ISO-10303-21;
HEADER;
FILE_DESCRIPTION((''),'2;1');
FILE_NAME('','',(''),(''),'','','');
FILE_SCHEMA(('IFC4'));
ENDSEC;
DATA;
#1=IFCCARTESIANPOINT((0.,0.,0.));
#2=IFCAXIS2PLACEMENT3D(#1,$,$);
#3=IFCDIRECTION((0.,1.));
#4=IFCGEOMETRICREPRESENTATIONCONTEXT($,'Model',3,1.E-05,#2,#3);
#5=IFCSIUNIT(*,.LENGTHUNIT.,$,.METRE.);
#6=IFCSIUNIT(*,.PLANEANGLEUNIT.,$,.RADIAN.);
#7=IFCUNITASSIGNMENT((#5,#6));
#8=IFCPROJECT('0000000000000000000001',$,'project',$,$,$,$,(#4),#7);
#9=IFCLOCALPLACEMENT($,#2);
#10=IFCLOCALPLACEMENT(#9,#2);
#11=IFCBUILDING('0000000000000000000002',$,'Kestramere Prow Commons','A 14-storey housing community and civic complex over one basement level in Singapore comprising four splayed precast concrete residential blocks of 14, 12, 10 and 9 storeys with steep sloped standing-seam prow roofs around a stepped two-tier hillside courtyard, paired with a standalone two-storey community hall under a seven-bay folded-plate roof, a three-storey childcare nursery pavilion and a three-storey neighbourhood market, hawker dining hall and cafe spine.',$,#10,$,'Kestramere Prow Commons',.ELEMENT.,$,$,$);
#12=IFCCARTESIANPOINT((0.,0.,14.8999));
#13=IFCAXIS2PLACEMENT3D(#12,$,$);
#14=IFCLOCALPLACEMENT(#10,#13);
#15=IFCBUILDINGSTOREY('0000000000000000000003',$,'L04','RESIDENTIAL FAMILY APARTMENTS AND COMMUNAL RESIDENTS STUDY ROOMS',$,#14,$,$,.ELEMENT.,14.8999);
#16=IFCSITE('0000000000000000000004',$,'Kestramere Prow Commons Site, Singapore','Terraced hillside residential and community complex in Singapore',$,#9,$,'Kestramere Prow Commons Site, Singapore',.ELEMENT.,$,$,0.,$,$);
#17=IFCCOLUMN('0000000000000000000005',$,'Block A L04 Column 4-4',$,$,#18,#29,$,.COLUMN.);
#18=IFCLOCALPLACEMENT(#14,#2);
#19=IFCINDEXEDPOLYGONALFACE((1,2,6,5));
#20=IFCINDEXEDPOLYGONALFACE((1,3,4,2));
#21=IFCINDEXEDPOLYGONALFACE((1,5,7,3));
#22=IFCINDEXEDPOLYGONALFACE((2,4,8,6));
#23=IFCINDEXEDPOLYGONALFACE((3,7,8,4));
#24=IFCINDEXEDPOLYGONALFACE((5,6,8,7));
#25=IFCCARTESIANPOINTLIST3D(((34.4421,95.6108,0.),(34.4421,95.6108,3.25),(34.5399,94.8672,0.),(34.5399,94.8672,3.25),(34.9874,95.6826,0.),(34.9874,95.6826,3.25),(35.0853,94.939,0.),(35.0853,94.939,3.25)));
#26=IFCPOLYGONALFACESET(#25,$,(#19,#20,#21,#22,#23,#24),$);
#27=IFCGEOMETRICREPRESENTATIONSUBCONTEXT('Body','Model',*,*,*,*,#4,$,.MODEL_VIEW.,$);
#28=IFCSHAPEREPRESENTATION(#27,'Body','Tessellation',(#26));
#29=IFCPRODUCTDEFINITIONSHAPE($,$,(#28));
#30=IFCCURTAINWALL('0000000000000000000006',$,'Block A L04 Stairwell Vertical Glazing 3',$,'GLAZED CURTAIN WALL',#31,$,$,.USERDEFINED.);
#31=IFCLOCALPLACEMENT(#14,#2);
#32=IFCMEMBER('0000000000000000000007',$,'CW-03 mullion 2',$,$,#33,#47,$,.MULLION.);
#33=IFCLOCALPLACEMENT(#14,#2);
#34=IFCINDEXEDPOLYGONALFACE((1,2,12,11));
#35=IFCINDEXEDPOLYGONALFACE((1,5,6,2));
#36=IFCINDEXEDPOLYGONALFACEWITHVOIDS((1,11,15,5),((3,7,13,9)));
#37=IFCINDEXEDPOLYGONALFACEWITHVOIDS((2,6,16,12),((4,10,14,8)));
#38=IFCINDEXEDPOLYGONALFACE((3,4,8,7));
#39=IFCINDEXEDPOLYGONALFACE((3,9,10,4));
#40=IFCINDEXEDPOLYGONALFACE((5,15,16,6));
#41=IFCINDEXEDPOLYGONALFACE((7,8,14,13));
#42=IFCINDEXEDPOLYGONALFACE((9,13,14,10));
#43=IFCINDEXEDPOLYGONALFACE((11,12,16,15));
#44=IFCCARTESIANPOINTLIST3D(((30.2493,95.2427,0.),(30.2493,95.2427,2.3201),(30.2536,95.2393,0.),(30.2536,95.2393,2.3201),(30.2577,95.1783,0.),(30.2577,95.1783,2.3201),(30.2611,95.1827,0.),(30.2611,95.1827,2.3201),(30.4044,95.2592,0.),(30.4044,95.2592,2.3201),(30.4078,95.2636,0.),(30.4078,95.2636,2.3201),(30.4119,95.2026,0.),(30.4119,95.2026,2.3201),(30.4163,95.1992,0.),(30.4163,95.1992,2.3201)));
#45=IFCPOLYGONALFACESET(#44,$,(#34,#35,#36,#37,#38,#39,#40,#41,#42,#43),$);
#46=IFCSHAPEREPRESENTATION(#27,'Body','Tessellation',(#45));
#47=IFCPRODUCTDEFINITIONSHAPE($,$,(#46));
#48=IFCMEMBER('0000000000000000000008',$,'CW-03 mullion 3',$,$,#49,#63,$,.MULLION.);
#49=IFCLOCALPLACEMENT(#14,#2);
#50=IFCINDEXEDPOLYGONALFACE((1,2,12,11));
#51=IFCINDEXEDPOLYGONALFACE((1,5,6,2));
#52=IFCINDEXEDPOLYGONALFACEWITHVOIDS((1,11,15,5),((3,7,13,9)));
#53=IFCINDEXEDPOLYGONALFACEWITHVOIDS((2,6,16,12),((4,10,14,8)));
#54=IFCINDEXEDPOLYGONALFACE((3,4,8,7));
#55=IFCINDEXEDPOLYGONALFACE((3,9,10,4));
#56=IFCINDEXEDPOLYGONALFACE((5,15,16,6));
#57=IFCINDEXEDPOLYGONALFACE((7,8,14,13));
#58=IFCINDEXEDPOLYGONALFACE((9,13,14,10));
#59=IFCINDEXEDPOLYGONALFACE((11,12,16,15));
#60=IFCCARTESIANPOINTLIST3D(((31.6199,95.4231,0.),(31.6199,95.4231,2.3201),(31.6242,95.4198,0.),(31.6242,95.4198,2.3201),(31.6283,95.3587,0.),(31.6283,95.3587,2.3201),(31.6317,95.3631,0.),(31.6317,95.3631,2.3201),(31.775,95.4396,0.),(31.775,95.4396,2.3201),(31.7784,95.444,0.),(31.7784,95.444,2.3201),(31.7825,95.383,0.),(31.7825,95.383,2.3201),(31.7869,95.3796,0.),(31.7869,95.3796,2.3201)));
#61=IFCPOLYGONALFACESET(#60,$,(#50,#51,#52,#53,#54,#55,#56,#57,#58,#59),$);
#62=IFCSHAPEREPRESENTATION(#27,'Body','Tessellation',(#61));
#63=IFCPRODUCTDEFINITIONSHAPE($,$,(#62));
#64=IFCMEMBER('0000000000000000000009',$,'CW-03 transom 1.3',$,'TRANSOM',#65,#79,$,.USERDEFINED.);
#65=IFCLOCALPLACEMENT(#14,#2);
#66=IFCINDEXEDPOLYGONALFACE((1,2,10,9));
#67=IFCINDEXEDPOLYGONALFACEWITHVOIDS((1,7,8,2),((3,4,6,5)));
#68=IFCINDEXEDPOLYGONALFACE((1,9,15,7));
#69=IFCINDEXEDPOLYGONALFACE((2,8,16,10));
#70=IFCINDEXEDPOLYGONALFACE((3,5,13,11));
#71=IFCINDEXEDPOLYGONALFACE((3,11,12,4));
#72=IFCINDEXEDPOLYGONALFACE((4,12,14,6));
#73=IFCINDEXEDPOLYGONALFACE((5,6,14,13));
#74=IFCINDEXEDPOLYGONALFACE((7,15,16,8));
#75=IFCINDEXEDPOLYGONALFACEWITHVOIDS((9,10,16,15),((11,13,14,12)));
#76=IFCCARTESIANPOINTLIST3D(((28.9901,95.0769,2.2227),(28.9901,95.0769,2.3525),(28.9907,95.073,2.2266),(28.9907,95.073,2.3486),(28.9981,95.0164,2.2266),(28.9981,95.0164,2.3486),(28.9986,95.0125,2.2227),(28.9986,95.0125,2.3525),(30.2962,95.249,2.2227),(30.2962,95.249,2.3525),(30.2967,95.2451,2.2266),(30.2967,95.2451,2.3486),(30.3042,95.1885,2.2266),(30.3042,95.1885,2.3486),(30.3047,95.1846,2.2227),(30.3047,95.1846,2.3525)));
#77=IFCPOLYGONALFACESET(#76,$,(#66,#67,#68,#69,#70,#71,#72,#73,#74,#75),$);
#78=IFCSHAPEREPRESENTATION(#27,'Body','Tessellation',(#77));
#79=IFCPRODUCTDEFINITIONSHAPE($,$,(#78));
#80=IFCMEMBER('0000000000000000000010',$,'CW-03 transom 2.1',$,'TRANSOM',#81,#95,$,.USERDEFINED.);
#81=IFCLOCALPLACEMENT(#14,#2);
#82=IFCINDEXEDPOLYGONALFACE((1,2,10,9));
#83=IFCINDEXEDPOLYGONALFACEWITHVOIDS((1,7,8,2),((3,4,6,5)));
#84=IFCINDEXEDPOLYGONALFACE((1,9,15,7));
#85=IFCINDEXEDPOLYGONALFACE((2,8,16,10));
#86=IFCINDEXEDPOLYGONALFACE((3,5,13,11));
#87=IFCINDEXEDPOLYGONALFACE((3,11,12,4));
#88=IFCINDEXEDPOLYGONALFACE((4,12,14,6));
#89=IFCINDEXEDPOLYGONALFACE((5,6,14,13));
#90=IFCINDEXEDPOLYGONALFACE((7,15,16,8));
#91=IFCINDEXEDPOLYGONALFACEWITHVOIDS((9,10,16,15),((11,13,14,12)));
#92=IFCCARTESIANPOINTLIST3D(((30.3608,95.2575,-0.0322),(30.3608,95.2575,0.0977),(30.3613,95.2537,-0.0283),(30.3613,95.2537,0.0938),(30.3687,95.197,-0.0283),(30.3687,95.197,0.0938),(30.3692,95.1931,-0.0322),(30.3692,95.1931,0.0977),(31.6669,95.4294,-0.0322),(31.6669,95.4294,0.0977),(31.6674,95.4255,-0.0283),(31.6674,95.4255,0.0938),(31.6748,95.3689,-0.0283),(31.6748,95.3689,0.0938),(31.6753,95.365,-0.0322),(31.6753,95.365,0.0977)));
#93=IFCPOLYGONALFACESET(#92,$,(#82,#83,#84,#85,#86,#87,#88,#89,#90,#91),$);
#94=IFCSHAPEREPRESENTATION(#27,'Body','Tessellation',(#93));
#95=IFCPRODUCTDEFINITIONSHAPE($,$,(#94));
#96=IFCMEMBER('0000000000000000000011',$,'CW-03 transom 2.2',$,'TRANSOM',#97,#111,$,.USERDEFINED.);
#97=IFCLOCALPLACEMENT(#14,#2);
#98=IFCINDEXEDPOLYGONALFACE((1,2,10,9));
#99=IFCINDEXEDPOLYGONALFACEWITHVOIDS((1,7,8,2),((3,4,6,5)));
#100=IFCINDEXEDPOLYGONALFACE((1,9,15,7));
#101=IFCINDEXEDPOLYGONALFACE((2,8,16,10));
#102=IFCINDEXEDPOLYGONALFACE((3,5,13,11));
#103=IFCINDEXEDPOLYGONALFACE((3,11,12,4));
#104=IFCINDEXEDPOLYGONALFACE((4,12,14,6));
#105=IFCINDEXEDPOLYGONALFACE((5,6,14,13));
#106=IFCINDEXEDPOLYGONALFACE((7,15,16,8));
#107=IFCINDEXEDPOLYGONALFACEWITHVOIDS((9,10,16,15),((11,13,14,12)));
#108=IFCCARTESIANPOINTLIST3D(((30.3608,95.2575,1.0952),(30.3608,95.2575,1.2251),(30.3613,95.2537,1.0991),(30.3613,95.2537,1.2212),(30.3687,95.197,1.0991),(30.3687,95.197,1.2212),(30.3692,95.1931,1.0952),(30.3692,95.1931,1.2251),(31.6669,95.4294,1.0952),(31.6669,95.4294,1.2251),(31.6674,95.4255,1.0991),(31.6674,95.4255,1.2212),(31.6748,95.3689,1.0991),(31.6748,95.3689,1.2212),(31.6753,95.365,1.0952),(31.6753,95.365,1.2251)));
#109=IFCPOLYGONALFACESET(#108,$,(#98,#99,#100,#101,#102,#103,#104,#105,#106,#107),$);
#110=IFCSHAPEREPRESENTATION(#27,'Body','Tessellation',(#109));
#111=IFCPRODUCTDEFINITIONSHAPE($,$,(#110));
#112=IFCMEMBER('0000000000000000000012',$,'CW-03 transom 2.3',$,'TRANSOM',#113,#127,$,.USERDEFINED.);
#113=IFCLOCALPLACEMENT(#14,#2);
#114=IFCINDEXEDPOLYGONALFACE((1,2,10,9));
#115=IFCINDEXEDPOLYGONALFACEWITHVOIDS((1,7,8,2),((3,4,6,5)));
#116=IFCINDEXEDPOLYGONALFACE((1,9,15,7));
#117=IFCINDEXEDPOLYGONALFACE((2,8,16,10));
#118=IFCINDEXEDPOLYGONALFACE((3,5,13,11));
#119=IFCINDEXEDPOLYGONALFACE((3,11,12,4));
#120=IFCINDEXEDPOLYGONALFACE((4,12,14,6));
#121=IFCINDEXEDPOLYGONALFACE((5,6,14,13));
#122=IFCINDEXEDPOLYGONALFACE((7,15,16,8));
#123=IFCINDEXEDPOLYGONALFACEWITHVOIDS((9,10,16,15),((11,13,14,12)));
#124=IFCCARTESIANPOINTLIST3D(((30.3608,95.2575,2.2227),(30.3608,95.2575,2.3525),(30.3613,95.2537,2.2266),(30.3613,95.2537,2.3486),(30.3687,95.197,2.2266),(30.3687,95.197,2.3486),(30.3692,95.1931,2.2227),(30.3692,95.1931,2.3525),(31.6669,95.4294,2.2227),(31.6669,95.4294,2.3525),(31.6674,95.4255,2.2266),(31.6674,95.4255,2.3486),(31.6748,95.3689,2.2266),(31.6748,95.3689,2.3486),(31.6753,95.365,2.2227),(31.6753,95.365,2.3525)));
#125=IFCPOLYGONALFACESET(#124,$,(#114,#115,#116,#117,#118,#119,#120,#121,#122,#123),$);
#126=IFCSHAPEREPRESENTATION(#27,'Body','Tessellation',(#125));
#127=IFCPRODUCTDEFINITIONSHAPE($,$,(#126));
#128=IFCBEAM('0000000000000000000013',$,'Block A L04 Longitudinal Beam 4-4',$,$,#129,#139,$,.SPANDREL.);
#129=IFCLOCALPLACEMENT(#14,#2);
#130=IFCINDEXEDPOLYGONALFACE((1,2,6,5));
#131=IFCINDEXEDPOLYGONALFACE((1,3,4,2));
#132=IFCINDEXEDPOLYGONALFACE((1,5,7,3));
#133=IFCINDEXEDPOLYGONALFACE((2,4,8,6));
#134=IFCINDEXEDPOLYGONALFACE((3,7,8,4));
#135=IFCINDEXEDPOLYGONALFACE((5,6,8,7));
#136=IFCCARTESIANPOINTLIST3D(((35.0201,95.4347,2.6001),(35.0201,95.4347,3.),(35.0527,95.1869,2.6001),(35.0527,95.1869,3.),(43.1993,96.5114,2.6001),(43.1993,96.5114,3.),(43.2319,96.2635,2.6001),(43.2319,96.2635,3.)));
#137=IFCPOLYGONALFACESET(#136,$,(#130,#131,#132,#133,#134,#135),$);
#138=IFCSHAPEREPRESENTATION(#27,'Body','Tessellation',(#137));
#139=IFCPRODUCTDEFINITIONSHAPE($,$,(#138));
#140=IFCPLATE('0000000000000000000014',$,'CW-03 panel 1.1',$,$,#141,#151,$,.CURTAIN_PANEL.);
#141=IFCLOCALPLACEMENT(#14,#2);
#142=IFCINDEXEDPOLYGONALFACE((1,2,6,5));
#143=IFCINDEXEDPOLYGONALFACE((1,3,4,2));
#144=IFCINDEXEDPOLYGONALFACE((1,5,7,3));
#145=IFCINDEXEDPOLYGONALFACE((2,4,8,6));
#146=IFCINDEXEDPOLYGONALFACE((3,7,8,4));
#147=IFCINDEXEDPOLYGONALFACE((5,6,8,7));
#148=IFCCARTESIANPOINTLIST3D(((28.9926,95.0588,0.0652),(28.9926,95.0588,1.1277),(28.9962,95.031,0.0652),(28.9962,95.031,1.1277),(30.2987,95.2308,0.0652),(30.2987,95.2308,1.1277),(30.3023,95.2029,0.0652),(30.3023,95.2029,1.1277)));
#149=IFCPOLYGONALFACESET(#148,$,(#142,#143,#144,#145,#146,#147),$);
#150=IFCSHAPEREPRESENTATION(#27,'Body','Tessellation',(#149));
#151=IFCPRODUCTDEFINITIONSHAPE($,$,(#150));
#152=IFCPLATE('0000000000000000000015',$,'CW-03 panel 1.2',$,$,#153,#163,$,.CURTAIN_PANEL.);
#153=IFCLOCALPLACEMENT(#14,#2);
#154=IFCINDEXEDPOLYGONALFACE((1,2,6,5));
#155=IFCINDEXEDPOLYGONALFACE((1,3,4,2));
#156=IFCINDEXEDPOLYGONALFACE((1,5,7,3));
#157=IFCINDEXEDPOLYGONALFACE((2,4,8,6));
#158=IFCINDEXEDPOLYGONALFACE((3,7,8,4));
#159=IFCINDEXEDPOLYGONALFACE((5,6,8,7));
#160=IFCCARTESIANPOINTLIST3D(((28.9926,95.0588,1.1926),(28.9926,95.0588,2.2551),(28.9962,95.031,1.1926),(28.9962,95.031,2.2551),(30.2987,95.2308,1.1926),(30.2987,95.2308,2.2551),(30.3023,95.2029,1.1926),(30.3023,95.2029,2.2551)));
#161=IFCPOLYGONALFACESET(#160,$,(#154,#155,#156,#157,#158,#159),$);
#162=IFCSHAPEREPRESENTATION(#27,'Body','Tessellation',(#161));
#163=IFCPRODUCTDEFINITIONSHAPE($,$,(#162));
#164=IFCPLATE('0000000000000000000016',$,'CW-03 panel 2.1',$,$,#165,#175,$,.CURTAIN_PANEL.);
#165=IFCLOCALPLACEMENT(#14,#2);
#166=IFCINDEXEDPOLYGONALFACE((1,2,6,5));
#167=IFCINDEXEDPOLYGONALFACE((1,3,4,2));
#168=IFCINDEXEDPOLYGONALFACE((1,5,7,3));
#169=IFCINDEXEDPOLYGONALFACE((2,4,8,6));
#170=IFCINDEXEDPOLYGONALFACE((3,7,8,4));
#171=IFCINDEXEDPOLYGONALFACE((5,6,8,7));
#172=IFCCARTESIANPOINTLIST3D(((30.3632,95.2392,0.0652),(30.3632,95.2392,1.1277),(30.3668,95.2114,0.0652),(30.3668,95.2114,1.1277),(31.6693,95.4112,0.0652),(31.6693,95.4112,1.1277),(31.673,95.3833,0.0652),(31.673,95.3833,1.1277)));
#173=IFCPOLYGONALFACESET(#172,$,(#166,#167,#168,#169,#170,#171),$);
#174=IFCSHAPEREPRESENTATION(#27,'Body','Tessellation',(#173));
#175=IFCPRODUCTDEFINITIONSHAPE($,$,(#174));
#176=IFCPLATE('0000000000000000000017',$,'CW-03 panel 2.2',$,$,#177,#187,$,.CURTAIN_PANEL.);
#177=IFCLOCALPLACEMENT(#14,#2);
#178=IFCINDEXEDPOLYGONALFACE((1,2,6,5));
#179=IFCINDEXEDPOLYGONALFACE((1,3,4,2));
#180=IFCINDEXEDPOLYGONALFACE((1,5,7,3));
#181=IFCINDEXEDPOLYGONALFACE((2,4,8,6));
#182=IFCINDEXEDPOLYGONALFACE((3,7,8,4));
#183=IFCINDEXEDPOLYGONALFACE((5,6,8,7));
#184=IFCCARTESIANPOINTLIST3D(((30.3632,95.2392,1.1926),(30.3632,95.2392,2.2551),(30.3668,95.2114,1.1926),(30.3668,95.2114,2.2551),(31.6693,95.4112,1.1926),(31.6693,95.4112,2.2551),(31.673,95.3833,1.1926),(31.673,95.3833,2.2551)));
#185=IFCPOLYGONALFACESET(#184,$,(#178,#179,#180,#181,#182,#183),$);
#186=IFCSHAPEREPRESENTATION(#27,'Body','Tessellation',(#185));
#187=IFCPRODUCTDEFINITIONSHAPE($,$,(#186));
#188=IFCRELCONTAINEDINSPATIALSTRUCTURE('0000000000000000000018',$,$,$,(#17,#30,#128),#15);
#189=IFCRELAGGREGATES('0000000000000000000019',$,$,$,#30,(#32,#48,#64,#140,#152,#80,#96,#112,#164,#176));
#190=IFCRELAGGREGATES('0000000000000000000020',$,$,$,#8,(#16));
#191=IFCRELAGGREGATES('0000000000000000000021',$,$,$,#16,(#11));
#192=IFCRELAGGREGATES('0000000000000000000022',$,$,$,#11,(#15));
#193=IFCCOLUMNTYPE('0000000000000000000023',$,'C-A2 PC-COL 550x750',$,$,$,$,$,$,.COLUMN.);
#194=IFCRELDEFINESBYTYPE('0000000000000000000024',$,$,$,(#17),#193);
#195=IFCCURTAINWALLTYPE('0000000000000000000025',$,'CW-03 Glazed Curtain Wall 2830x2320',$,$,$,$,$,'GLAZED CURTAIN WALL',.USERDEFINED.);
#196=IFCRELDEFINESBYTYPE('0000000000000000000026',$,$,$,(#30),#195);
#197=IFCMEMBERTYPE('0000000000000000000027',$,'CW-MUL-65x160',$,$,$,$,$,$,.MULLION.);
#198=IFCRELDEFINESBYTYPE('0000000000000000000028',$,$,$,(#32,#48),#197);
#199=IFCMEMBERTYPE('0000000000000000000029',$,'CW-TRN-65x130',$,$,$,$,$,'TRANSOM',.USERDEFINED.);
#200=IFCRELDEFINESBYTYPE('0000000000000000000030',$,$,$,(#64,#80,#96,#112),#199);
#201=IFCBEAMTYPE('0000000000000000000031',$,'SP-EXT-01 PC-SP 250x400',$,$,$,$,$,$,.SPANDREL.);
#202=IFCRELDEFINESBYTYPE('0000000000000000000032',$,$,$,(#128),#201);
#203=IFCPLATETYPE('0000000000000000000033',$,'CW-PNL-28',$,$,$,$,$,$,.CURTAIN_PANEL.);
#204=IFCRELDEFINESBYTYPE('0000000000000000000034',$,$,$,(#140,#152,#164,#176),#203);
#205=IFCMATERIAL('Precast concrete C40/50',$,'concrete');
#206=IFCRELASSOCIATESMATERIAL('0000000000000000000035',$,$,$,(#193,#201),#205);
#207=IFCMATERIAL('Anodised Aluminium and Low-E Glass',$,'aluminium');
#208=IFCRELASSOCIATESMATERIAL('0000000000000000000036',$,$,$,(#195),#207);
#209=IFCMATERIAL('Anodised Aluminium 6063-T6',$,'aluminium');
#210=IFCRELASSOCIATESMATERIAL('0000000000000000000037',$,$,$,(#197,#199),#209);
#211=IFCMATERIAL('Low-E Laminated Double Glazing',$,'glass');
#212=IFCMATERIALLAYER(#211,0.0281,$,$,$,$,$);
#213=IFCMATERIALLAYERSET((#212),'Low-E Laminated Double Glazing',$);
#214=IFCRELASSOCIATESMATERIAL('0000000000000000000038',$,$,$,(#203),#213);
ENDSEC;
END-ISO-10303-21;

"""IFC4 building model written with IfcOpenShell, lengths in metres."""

from ifc_helpers import new_model, si_unit, direction, frame, origin, origin_2d, place, context, subcontext, project, spatial, rectangle, hollow_rectangle, extrude, material, layer, layer_set, material_profile, profile_set, type_object, element, aggregate, save


model = new_model("IFC4")

# Units and contexts
model_context = context("Model", 3, precision=1e-05, world=origin(), true_north=direction((0.0, 1.0)))
body_context = subcontext(model_context, "Body", "Model", "MODEL_VIEW")
ifc_project = project(units=[si_unit("LENGTHUNIT", "METRE"), si_unit("PLANEANGLEUNIT", "RADIAN")], contexts=[model_context])

# Site, building, storey
site_placement = place(None, origin())
site = spatial("IfcSite", under=ifc_project, at=site_placement, Name="Kestramere Prow Commons Site, Singapore", Description="Terraced hillside residential and community complex in Singapore", LongName="Kestramere Prow Commons Site, Singapore", CompositionType="ELEMENT", RefElevation=0.0)
building_placement = place(site_placement, origin())
building = spatial("IfcBuilding", under=site, at=building_placement, Name="Kestramere Prow Commons", Description="A 14-storey housing community and civic complex over one basement level in Singapore comprising four splayed precast concrete residential blocks of 14, 12, 10 and 9 storeys with steep sloped standing-seam prow roofs around a stepped two-tier hillside courtyard, paired with a standalone two-storey community hall under a seven-bay folded-plate roof, a three-storey childcare nursery pavilion and a three-storey neighbourhood market, hawker dining hall and cafe spine.", LongName="Kestramere Prow Commons", CompositionType="ELEMENT")
storey_placement = place(building_placement, frame((0.0, 0.0, 14.8999)))
storey = spatial("IfcBuildingStorey", under=building, at=storey_placement, Name="L04", Description="RESIDENTIAL FAMILY APARTMENTS AND COMMUNAL RESIDENTS STUDY ROOMS", CompositionType="ELEMENT", Elevation=14.8999)

# Column
ifc_material_1 = material(Name="Precast concrete C40/50", Category="concrete")
ifc_material_profile_1 = material_profile(ifc_material_1, rectangle(XDim=0.55, YDim=0.75, at=origin_2d()), Name="PC-COL 550x750")
ifc_profile_set_1 = profile_set([ifc_material_profile_1], Name="Precast concrete C40/50")
column_type = type_object("IfcColumnType", Name="C-A2 PC-COL 550x750", PredefinedType="COLUMN", material=ifc_profile_set_1)
column_placement = place(storey_placement, frame((34.7637, 95.2749, 0.0), z_axis=(0.0, 0.0, 1.0), x_axis=(0.991445, 0.130526, 0.0)))
element("IfcColumn", 1, at=column_placement, inside=storey, type_object=column_type, Name="Block A L04 Column 4-4", PredefinedType="COLUMN", context=body_context, shape_type="SweptSolid", body=[
    extrude(rectangle(XDim=0.55, YDim=0.75, at=origin_2d()), origin(), (0.0, 0.0, 1.0), 3.25),
])

# Curtain wall, members
ifc_material_2 = material(Name="Anodised Aluminium and Low-E Glass", Category="aluminium")
curtain_wall_type = type_object("IfcCurtainWallType", Name="CW-03 Glazed Curtain Wall 2830x2320", ElementType="GLAZED CURTAIN WALL", PredefinedType="USERDEFINED", material=ifc_material_2)
curtain_wall_placement = place(storey_placement, origin())
curtain_wall = element("IfcCurtainWall", 2, at=curtain_wall_placement, inside=storey, type_object=curtain_wall_type, Name="Block A L04 Stairwell Vertical Glazing 3", ObjectType="GLAZED CURTAIN WALL", PredefinedType="USERDEFINED")
ifc_material_3 = material(Name="Anodised Aluminium 6063-T6", Category="aluminium")
ifc_material_profile_2 = material_profile(ifc_material_3, hollow_rectangle(XDim=0.0649, YDim=0.1599, WallThickness=0.0039, at=origin_2d()), Name="ALU-MUL 65x160")
ifc_profile_set_2 = profile_set([ifc_material_profile_2], Name="Anodised Aluminium 6063-T6")
member_type_1 = type_object("IfcMemberType", Name="CW-MUL-65x160", PredefinedType="MULLION", material=ifc_profile_set_2)
member_1_placement = place(storey_placement, frame((30.3328, 95.2209, 0.0), z_axis=(0.0, 0.0, 1.0), x_axis=(-0.130526, 0.991445, 0.0)))
member_1 = element("IfcMember", 3, at=member_1_placement, type_object=member_type_1, Name="CW-03 mullion 2", PredefinedType="MULLION", context=body_context, shape_type="SweptSolid", body=[
    extrude(hollow_rectangle(XDim=0.0649, YDim=0.1599, WallThickness=0.0039, at=origin_2d()), origin(), (0.0, 0.0, 1.0), 2.3201),
])
member_2_placement = place(storey_placement, frame((31.7034, 95.4014, 0.0), z_axis=(0.0, 0.0, 1.0), x_axis=(-0.130526, 0.991445, 0.0)))
member_2 = element("IfcMember", 4, at=member_2_placement, type_object=member_type_1, Name="CW-03 mullion 3", PredefinedType="MULLION", context=body_context, shape_type="SweptSolid", body=[
    extrude(hollow_rectangle(XDim=0.0649, YDim=0.1599, WallThickness=0.0039, at=origin_2d()), origin(), (0.0, 0.0, 1.0), 2.3201),
])
ifc_material_profile_3 = material_profile(ifc_material_3, hollow_rectangle(XDim=0.0649, YDim=0.1299, WallThickness=0.0039, at=origin_2d()), Name="ALU-TRN 65x130")
ifc_profile_set_3 = profile_set([ifc_material_profile_3], Name="Anodised Aluminium 6063-T6")
member_type_2 = type_object("IfcMemberType", Name="CW-TRN-65x130", ElementType="TRANSOM", PredefinedType="USERDEFINED", material=ifc_profile_set_3)
member_3_placement = place(storey_placement, frame((28.9944, 95.0447, 2.2876), z_axis=(0.991429, 0.130646, 0.0), x_axis=(-0.130646, 0.991429, 0.0)))
member_3 = element("IfcMember", 5, at=member_3_placement, type_object=member_type_2, Name="CW-03 transom 1.3", ObjectType="TRANSOM", PredefinedType="USERDEFINED", context=body_context, shape_type="SweptSolid", body=[
    extrude(hollow_rectangle(XDim=0.0649, YDim=0.1299, WallThickness=0.0039, at=origin_2d()), origin(), (0.0, 0.0, 1.0), 1.3174),
])
member_4_placement = place(storey_placement, frame((30.365, 95.2253, 0.0327), z_axis=(0.991453, 0.130464, 0.0), x_axis=(-0.130464, 0.991453, 0.0)))
member_4 = element("IfcMember", 6, at=member_4_placement, type_object=member_type_2, Name="CW-03 transom 2.1", ObjectType="TRANSOM", PredefinedType="USERDEFINED", context=body_context, shape_type="SweptSolid", body=[
    extrude(hollow_rectangle(XDim=0.0649, YDim=0.1299, WallThickness=0.0039, at=origin_2d()), origin(), (0.0, 0.0, 1.0), 1.3174),
])
member_5_placement = place(storey_placement, frame((30.365, 95.2253, 1.1602), z_axis=(0.991453, 0.130464, 0.0), x_axis=(-0.130464, 0.991453, 0.0)))
member_5 = element("IfcMember", 7, at=member_5_placement, type_object=member_type_2, Name="CW-03 transom 2.2", ObjectType="TRANSOM", PredefinedType="USERDEFINED", context=body_context, shape_type="SweptSolid", body=[
    extrude(hollow_rectangle(XDim=0.0649, YDim=0.1299, WallThickness=0.0039, at=origin_2d()), origin(), (0.0, 0.0, 1.0), 1.3174),
])
member_6_placement = place(storey_placement, frame((30.365, 95.2253, 2.2876), z_axis=(0.991453, 0.130464, 0.0), x_axis=(-0.130464, 0.991453, 0.0)))
member_6 = element("IfcMember", 8, at=member_6_placement, type_object=member_type_2, Name="CW-03 transom 2.3", ObjectType="TRANSOM", PredefinedType="USERDEFINED", context=body_context, shape_type="SweptSolid", body=[
    extrude(hollow_rectangle(XDim=0.0649, YDim=0.1299, WallThickness=0.0039, at=origin_2d()), origin(), (0.0, 0.0, 1.0), 1.3174),
])

# Beam
ifc_material_profile_4 = material_profile(ifc_material_1, rectangle(XDim=0.25, YDim=0.3999, at=origin_2d()), Name="PC-SP 250x400")
ifc_profile_set_4 = profile_set([ifc_material_profile_4], Name="Precast concrete C40/50")
beam_type = type_object("IfcBeamType", Name="SP-EXT-01 PC-SP 250x400", PredefinedType="SPANDREL", material=ifc_profile_set_4)
beam_placement = place(storey_placement, frame((35.0364, 95.3108, 2.8), z_axis=(0.991447, 0.130508, 0.0), x_axis=(-0.130508, 0.991447, 0.0)))
element("IfcBeam", 9, at=beam_placement, inside=storey, type_object=beam_type, Name="Block A L04 Longitudinal Beam 4-4", PredefinedType="SPANDREL", context=body_context, shape_type="SweptSolid", body=[
    extrude(rectangle(XDim=0.25, YDim=0.3999, at=origin_2d()), origin(), (0.0, 0.0, 1.0), 8.2498),
])

# Plates
ifc_material_4 = material(Name="Low-E Laminated Double Glazing", Category="glass")
ifc_layer_1 = layer(ifc_material_4, 0.0281)
ifc_layer_set_1 = layer_set([ifc_layer_1], Name="Low-E Laminated Double Glazing")
plate_type = type_object("IfcPlateType", Name="CW-PNL-28", PredefinedType="CURTAIN_PANEL", material=ifc_layer_set_1)
plate_1_placement = place(storey_placement, frame((29.6475, 95.1309, 0.0652), z_axis=(0.0, 0.0, 1.0), x_axis=(0.991445, 0.130526, 0.0)))
plate_1 = element("IfcPlate", 10, at=plate_1_placement, type_object=plate_type, Name="CW-03 panel 1.1", PredefinedType="CURTAIN_PANEL", context=body_context, shape_type="SweptSolid", body=[
    extrude(rectangle(XDim=1.3174, YDim=0.0281, at=origin_2d()), origin(), (0.0, 0.0, 1.0), 1.0625),
])
plate_2_placement = place(storey_placement, frame((29.6475, 95.1309, 1.1926), z_axis=(0.0, 0.0, 1.0), x_axis=(0.991445, 0.130526, 0.0)))
plate_2 = element("IfcPlate", 11, at=plate_2_placement, type_object=plate_type, Name="CW-03 panel 1.2", PredefinedType="CURTAIN_PANEL", context=body_context, shape_type="SweptSolid", body=[
    extrude(rectangle(XDim=1.3174, YDim=0.0281, at=origin_2d()), origin(), (0.0, 0.0, 1.0), 1.0625),
])
plate_3_placement = place(storey_placement, frame((31.0181, 95.3113, 0.0652), z_axis=(0.0, 0.0, 1.0), x_axis=(0.991445, 0.130526, 0.0)))
plate_3 = element("IfcPlate", 12, at=plate_3_placement, type_object=plate_type, Name="CW-03 panel 2.1", PredefinedType="CURTAIN_PANEL", context=body_context, shape_type="SweptSolid", body=[
    extrude(rectangle(XDim=1.3174, YDim=0.0281, at=origin_2d()), origin(), (0.0, 0.0, 1.0), 1.0625),
])
plate_4_placement = place(storey_placement, frame((31.0181, 95.3113, 1.1926), z_axis=(0.0, 0.0, 1.0), x_axis=(0.991445, 0.130526, 0.0)))
plate_4 = element("IfcPlate", 13, at=plate_4_placement, type_object=plate_type, Name="CW-03 panel 2.2", PredefinedType="CURTAIN_PANEL", context=body_context, shape_type="SweptSolid", body=[
    extrude(rectangle(XDim=1.3174, YDim=0.0281, at=origin_2d()), origin(), (0.0, 0.0, 1.0), 1.0625),
])
aggregate(curtain_wall, [member_1, member_2, member_3, plate_1, plate_2, member_4, member_5, member_6, plate_3, plate_4])

save(model, "model.ifc")
